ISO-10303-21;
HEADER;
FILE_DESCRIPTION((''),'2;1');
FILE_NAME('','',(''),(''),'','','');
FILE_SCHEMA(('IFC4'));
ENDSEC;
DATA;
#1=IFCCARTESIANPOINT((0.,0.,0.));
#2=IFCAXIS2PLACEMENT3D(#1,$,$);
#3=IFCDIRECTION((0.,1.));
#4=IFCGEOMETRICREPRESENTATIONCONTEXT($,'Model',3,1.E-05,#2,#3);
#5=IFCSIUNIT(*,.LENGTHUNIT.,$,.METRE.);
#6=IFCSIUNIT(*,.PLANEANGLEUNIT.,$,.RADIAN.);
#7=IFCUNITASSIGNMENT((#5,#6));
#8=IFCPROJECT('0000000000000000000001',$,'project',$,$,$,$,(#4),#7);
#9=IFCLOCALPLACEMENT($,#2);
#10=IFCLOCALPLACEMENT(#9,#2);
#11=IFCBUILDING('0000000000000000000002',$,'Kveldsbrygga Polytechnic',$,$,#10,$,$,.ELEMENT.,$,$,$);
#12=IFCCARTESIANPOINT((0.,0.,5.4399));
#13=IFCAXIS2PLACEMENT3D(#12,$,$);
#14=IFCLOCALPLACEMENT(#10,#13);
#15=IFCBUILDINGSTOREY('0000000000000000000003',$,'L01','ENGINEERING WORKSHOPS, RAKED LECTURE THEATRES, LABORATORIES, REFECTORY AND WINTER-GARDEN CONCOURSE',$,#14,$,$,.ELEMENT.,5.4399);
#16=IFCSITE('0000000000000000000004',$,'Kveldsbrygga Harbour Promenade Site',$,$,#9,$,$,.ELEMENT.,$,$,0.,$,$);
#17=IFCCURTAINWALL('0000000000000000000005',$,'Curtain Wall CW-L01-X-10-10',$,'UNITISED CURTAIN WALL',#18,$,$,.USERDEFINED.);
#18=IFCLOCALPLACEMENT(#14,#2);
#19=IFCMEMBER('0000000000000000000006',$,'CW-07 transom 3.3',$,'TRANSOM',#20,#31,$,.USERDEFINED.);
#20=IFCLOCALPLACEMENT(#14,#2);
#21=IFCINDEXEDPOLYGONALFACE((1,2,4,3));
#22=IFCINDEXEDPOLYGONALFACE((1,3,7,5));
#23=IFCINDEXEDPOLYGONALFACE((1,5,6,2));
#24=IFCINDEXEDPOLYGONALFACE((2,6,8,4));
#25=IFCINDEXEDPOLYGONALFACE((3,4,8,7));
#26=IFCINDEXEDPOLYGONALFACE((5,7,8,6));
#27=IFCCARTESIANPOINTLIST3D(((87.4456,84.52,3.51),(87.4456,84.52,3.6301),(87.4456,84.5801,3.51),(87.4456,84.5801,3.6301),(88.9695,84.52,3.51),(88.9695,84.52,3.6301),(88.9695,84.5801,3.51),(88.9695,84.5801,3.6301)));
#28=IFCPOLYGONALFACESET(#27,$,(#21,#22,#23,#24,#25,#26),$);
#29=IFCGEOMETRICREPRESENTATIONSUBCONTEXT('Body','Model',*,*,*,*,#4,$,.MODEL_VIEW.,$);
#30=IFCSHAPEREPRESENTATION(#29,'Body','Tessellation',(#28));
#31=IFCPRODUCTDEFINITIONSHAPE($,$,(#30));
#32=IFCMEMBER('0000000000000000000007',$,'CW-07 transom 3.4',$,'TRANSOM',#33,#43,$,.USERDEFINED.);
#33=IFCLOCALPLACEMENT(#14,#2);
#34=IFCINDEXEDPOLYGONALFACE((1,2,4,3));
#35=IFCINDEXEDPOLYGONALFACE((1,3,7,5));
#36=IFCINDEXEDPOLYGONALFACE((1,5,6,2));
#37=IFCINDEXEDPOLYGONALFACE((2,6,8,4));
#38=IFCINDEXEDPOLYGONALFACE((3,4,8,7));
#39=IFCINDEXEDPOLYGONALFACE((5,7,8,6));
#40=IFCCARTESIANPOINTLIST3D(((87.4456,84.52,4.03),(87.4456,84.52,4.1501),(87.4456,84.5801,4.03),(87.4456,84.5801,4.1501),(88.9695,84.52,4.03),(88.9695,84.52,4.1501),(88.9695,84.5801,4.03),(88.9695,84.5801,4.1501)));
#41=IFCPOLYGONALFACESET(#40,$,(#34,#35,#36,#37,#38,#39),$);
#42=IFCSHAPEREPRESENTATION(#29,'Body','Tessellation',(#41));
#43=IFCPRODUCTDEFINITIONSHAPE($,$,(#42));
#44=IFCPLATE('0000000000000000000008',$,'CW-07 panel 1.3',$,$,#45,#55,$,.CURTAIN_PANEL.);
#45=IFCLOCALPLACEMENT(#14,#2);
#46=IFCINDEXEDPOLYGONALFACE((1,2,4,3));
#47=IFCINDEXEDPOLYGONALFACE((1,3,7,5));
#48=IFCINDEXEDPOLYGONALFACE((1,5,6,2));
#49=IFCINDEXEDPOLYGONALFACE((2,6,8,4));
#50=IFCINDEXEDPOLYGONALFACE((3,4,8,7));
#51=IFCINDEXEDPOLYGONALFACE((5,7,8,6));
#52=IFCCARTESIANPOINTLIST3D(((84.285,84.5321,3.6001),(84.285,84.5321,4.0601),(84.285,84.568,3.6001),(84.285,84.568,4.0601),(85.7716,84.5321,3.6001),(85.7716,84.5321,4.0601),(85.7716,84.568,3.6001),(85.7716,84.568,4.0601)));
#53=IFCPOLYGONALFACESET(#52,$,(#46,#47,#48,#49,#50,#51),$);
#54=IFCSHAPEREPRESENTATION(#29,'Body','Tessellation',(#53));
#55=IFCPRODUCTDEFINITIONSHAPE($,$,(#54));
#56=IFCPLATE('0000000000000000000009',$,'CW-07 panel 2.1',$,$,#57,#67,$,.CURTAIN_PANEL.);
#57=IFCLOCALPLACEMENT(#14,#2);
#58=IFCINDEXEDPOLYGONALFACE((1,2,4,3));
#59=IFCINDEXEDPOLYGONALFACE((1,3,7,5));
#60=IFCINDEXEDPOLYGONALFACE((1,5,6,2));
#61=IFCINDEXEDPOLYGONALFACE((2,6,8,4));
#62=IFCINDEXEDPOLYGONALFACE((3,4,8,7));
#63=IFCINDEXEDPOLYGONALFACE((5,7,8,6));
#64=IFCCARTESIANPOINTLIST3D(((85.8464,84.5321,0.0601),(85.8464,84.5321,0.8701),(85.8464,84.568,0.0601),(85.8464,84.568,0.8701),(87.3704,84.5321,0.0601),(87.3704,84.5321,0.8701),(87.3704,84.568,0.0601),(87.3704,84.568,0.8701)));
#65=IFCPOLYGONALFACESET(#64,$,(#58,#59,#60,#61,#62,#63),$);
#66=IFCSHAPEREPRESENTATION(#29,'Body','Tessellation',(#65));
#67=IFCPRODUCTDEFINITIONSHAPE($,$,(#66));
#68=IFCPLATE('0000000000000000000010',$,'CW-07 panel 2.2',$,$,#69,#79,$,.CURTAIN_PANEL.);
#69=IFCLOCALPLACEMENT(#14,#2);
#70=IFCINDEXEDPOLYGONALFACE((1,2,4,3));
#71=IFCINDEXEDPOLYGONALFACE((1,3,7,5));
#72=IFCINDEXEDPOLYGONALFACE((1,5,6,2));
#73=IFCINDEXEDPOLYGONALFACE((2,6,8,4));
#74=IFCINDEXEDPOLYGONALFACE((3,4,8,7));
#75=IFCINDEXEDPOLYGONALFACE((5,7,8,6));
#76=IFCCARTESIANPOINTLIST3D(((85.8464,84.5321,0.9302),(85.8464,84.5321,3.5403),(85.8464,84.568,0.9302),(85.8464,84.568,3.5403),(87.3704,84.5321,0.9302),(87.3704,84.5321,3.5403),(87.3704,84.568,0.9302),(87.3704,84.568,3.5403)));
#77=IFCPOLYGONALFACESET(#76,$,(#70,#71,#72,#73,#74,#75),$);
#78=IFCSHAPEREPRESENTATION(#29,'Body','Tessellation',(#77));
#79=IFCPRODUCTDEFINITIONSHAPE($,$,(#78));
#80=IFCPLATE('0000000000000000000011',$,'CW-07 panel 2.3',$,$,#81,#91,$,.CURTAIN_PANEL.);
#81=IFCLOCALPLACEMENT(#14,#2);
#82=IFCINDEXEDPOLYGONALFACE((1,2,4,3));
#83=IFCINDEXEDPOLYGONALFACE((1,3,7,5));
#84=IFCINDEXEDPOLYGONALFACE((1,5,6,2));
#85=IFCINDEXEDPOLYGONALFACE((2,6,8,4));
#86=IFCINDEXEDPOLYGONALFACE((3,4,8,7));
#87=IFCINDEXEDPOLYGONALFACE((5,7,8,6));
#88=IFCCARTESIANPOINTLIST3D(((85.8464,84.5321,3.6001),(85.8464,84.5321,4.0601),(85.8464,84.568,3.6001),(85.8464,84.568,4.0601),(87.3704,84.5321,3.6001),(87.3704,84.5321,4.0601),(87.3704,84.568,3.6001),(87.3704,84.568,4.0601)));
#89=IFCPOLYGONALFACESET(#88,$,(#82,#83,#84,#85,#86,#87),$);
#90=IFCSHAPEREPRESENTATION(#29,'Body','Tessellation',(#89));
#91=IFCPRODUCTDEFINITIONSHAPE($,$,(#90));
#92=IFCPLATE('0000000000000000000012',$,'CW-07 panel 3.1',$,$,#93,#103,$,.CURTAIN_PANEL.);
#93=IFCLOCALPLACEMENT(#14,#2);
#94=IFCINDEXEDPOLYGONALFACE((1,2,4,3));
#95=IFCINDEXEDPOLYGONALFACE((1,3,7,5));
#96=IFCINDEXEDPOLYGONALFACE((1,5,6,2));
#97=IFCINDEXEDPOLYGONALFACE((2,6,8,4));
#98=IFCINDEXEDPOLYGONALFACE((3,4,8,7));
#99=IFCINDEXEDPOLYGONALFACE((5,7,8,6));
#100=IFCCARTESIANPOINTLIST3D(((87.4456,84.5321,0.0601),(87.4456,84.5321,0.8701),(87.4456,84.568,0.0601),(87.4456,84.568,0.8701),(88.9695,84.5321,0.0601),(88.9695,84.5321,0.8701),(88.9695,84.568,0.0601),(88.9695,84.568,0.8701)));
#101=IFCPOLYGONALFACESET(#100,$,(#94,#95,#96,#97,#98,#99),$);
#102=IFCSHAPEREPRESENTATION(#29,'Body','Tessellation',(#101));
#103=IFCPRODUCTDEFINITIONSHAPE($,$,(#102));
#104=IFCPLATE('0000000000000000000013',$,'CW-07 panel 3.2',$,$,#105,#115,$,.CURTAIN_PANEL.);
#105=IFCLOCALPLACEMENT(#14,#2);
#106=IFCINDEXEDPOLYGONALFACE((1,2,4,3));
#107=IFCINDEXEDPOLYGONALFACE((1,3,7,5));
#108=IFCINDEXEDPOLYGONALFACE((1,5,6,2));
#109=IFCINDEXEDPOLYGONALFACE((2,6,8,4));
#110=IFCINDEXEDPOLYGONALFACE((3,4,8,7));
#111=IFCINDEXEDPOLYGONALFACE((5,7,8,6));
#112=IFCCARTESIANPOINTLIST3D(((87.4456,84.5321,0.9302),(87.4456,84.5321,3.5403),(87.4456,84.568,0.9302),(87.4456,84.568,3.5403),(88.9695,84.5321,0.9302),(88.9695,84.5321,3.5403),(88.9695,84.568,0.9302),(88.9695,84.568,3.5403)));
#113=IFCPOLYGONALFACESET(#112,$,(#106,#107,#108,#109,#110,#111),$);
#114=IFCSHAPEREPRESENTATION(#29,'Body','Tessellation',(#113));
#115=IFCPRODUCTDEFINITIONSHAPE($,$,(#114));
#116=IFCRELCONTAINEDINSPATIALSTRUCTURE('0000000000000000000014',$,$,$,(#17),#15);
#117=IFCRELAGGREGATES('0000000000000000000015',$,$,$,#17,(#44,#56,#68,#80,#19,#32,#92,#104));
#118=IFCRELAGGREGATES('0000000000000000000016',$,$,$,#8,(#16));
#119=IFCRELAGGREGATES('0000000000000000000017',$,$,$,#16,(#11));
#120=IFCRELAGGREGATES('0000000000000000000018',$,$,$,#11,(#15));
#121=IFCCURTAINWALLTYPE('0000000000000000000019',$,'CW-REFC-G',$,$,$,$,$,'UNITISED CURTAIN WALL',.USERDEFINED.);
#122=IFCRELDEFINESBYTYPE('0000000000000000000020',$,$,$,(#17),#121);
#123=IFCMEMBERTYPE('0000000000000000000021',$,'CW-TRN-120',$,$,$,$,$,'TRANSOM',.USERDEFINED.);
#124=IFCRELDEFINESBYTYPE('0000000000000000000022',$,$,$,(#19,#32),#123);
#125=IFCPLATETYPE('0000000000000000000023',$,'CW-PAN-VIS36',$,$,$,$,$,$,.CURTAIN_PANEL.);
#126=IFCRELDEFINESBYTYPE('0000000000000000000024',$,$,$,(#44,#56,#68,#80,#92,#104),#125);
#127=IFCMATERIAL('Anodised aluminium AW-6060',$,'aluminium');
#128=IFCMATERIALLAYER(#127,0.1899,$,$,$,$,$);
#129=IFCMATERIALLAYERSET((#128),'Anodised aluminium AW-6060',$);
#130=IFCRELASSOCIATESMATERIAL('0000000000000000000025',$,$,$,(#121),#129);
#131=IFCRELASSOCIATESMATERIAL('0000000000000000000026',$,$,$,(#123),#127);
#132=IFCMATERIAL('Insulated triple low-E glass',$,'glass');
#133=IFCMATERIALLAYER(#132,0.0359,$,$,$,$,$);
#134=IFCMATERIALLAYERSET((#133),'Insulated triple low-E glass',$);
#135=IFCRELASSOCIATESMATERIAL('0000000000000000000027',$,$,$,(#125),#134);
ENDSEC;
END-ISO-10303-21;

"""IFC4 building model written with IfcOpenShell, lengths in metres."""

from ifc_helpers import new_model, si_unit, direction, frame, origin, origin_2d, place, context, subcontext, project, spatial, rectangle, extrude, material, layer, layer_set, material_profile, profile_set, type_object, element, aggregate, save


model = new_model("IFC4")

# Units and contexts
model_context = context("Model", 3, precision=1e-05, world=origin(), true_north=direction((0.0, 1.0)))
body_context = subcontext(model_context, "Body", "Model", "MODEL_VIEW")
ifc_project = project(units=[si_unit("LENGTHUNIT", "METRE"), si_unit("PLANEANGLEUNIT", "RADIAN")], contexts=[model_context])

# Site, building, storey
site_placement = place(None, origin())
site = spatial("IfcSite", under=ifc_project, at=site_placement, Name="Kveldsbrygga Harbour Promenade Site", CompositionType="ELEMENT", RefElevation=0.0)
building_placement = place(site_placement, origin())
building = spatial("IfcBuilding", under=site, at=building_placement, Name="Kveldsbrygga Polytechnic", CompositionType="ELEMENT")
storey_placement = place(building_placement, frame((0.0, 0.0, 5.4399)))
storey = spatial("IfcBuildingStorey", under=building, at=storey_placement, Name="L01", Description="ENGINEERING WORKSHOPS, RAKED LECTURE THEATRES, LABORATORIES, REFECTORY AND WINTER-GARDEN CONCOURSE", CompositionType="ELEMENT", Elevation=5.4399)

# Curtain wall, members, plates
ifc_material_1 = material(Name="Anodised aluminium AW-6060", Category="aluminium")
ifc_layer_1 = layer(ifc_material_1, 0.1899)
ifc_layer_set_1 = layer_set([ifc_layer_1], Name="Anodised aluminium AW-6060")
curtain_wall_type = type_object("IfcCurtainWallType", Name="CW-REFC-G", ElementType="UNITISED CURTAIN WALL", PredefinedType="USERDEFINED", material=ifc_layer_set_1)
curtain_wall_placement = place(storey_placement, origin())
curtain_wall = element("IfcCurtainWall", 1, at=curtain_wall_placement, inside=storey, type_object=curtain_wall_type, Name="Curtain Wall CW-L01-X-10-10", ObjectType="UNITISED CURTAIN WALL", PredefinedType="USERDEFINED")
ifc_material_profile_1 = material_profile(ifc_material_1, rectangle(XDim=0.0601, YDim=0.1201, at=origin_2d()), Name="ALU 60x120")
ifc_profile_set_1 = profile_set([ifc_material_profile_1], Name="Anodised aluminium AW-6060")
member_type_1 = type_object("IfcMemberType", Name="CW-TRN-120", ElementType="TRANSOM", PredefinedType="USERDEFINED", material=ifc_profile_set_1)
member_1_placement = place(storey_placement, frame((87.4456, 84.55, 3.5701), z_axis=(1.0, 0.0, 0.0), x_axis=(0.0, 1.0, 0.0)))
member_1 = element("IfcMember", 2, at=member_1_placement, type_object=member_type_1, Name="CW-07 transom 3.3", ObjectType="TRANSOM", PredefinedType="USERDEFINED", context=body_context, shape_type="SweptSolid", body=[
    extrude(rectangle(XDim=0.0601, YDim=0.1201, at=origin_2d()), origin(), (0.0, 0.0, 1.0), 1.5239),
])
member_2_placement = place(storey_placement, frame((87.4456, 84.55, 4.0901), z_axis=(1.0, 0.0, 0.0), x_axis=(0.0, 1.0, 0.0)))
member_2 = element("IfcMember", 3, at=member_2_placement, type_object=member_type_1, Name="CW-07 transom 3.4", ObjectType="TRANSOM", PredefinedType="USERDEFINED", context=body_context, shape_type="SweptSolid", body=[
    extrude(rectangle(XDim=0.0601, YDim=0.1201, at=origin_2d()), origin(), (0.0, 0.0, 1.0), 1.5239),
])
ifc_material_2 = material(Name="Insulated triple low-E glass", Category="glass")
ifc_layer_2 = layer(ifc_material_2, 0.0359)
ifc_layer_set_2 = layer_set([ifc_layer_2], Name="Insulated triple low-E glass")
plate_type = type_object("IfcPlateType", Name="CW-PAN-VIS36", PredefinedType="CURTAIN_PANEL", material=ifc_layer_set_2)
plate_1_placement = place(storey_placement, frame((85.0283, 84.55, 3.6001), z_axis=(0.0, 0.0, 1.0), x_axis=(1.0, 0.0, 0.0)))
plate_1 = element("IfcPlate", 4, at=plate_1_placement, type_object=plate_type, Name="CW-07 panel 1.3", PredefinedType="CURTAIN_PANEL", context=body_context, shape_type="SweptSolid", body=[
    extrude(rectangle(XDim=1.4866, YDim=0.0359, at=origin_2d()), origin(), (0.0, 0.0, 1.0), 0.46),
])
plate_2_placement = place(storey_placement, frame((86.6084, 84.55, 0.0601), z_axis=(0.0, 0.0, 1.0), x_axis=(1.0, 0.0, 0.0)))
plate_2 = element("IfcPlate", 5, at=plate_2_placement, type_object=plate_type, Name="CW-07 panel 2.1", PredefinedType="CURTAIN_PANEL", context=body_context, shape_type="SweptSolid", body=[
    extrude(rectangle(XDim=1.5239, YDim=0.0359, at=origin_2d()), origin(), (0.0, 0.0, 1.0), 0.8101),
])
plate_3_placement = place(storey_placement, frame((86.6084, 84.55, 0.9302), z_axis=(0.0, 0.0, 1.0), x_axis=(1.0, 0.0, 0.0)))
plate_3 = element("IfcPlate", 6, at=plate_3_placement, type_object=plate_type, Name="CW-07 panel 2.2", PredefinedType="CURTAIN_PANEL", context=body_context, shape_type="SweptSolid", body=[
    extrude(rectangle(XDim=1.5239, YDim=0.0359, at=origin_2d()), origin(), (0.0, 0.0, 1.0), 2.6101),
])
plate_4_placement = place(storey_placement, frame((86.6084, 84.55, 3.6001), z_axis=(0.0, 0.0, 1.0), x_axis=(1.0, 0.0, 0.0)))
plate_4 = element("IfcPlate", 7, at=plate_4_placement, type_object=plate_type, Name="CW-07 panel 2.3", PredefinedType="CURTAIN_PANEL", context=body_context, shape_type="SweptSolid", body=[
    extrude(rectangle(XDim=1.5239, YDim=0.0359, at=origin_2d()), origin(), (0.0, 0.0, 1.0), 0.46),
])
plate_5_placement = place(storey_placement, frame((88.2075, 84.55, 0.0601), z_axis=(0.0, 0.0, 1.0), x_axis=(1.0, 0.0, 0.0)))
plate_5 = element("IfcPlate", 8, at=plate_5_placement, type_object=plate_type, Name="CW-07 panel 3.1", PredefinedType="CURTAIN_PANEL", context=body_context, shape_type="SweptSolid", body=[
    extrude(rectangle(XDim=1.5239, YDim=0.0359, at=origin_2d()), origin(), (0.0, 0.0, 1.0), 0.8101),
])
plate_6_placement = place(storey_placement, frame((88.2075, 84.55, 0.9302), z_axis=(0.0, 0.0, 1.0), x_axis=(1.0, 0.0, 0.0)))
plate_6 = element("IfcPlate", 9, at=plate_6_placement, type_object=plate_type, Name="CW-07 panel 3.2", PredefinedType="CURTAIN_PANEL", context=body_context, shape_type="SweptSolid", body=[
    extrude(rectangle(XDim=1.5239, YDim=0.0359, at=origin_2d()), origin(), (0.0, 0.0, 1.0), 2.6101),
])
aggregate(curtain_wall, [plate_1, plate_2, plate_3, plate_4, member_1, member_2, plate_5, plate_6])

save(model, "model.ifc")
